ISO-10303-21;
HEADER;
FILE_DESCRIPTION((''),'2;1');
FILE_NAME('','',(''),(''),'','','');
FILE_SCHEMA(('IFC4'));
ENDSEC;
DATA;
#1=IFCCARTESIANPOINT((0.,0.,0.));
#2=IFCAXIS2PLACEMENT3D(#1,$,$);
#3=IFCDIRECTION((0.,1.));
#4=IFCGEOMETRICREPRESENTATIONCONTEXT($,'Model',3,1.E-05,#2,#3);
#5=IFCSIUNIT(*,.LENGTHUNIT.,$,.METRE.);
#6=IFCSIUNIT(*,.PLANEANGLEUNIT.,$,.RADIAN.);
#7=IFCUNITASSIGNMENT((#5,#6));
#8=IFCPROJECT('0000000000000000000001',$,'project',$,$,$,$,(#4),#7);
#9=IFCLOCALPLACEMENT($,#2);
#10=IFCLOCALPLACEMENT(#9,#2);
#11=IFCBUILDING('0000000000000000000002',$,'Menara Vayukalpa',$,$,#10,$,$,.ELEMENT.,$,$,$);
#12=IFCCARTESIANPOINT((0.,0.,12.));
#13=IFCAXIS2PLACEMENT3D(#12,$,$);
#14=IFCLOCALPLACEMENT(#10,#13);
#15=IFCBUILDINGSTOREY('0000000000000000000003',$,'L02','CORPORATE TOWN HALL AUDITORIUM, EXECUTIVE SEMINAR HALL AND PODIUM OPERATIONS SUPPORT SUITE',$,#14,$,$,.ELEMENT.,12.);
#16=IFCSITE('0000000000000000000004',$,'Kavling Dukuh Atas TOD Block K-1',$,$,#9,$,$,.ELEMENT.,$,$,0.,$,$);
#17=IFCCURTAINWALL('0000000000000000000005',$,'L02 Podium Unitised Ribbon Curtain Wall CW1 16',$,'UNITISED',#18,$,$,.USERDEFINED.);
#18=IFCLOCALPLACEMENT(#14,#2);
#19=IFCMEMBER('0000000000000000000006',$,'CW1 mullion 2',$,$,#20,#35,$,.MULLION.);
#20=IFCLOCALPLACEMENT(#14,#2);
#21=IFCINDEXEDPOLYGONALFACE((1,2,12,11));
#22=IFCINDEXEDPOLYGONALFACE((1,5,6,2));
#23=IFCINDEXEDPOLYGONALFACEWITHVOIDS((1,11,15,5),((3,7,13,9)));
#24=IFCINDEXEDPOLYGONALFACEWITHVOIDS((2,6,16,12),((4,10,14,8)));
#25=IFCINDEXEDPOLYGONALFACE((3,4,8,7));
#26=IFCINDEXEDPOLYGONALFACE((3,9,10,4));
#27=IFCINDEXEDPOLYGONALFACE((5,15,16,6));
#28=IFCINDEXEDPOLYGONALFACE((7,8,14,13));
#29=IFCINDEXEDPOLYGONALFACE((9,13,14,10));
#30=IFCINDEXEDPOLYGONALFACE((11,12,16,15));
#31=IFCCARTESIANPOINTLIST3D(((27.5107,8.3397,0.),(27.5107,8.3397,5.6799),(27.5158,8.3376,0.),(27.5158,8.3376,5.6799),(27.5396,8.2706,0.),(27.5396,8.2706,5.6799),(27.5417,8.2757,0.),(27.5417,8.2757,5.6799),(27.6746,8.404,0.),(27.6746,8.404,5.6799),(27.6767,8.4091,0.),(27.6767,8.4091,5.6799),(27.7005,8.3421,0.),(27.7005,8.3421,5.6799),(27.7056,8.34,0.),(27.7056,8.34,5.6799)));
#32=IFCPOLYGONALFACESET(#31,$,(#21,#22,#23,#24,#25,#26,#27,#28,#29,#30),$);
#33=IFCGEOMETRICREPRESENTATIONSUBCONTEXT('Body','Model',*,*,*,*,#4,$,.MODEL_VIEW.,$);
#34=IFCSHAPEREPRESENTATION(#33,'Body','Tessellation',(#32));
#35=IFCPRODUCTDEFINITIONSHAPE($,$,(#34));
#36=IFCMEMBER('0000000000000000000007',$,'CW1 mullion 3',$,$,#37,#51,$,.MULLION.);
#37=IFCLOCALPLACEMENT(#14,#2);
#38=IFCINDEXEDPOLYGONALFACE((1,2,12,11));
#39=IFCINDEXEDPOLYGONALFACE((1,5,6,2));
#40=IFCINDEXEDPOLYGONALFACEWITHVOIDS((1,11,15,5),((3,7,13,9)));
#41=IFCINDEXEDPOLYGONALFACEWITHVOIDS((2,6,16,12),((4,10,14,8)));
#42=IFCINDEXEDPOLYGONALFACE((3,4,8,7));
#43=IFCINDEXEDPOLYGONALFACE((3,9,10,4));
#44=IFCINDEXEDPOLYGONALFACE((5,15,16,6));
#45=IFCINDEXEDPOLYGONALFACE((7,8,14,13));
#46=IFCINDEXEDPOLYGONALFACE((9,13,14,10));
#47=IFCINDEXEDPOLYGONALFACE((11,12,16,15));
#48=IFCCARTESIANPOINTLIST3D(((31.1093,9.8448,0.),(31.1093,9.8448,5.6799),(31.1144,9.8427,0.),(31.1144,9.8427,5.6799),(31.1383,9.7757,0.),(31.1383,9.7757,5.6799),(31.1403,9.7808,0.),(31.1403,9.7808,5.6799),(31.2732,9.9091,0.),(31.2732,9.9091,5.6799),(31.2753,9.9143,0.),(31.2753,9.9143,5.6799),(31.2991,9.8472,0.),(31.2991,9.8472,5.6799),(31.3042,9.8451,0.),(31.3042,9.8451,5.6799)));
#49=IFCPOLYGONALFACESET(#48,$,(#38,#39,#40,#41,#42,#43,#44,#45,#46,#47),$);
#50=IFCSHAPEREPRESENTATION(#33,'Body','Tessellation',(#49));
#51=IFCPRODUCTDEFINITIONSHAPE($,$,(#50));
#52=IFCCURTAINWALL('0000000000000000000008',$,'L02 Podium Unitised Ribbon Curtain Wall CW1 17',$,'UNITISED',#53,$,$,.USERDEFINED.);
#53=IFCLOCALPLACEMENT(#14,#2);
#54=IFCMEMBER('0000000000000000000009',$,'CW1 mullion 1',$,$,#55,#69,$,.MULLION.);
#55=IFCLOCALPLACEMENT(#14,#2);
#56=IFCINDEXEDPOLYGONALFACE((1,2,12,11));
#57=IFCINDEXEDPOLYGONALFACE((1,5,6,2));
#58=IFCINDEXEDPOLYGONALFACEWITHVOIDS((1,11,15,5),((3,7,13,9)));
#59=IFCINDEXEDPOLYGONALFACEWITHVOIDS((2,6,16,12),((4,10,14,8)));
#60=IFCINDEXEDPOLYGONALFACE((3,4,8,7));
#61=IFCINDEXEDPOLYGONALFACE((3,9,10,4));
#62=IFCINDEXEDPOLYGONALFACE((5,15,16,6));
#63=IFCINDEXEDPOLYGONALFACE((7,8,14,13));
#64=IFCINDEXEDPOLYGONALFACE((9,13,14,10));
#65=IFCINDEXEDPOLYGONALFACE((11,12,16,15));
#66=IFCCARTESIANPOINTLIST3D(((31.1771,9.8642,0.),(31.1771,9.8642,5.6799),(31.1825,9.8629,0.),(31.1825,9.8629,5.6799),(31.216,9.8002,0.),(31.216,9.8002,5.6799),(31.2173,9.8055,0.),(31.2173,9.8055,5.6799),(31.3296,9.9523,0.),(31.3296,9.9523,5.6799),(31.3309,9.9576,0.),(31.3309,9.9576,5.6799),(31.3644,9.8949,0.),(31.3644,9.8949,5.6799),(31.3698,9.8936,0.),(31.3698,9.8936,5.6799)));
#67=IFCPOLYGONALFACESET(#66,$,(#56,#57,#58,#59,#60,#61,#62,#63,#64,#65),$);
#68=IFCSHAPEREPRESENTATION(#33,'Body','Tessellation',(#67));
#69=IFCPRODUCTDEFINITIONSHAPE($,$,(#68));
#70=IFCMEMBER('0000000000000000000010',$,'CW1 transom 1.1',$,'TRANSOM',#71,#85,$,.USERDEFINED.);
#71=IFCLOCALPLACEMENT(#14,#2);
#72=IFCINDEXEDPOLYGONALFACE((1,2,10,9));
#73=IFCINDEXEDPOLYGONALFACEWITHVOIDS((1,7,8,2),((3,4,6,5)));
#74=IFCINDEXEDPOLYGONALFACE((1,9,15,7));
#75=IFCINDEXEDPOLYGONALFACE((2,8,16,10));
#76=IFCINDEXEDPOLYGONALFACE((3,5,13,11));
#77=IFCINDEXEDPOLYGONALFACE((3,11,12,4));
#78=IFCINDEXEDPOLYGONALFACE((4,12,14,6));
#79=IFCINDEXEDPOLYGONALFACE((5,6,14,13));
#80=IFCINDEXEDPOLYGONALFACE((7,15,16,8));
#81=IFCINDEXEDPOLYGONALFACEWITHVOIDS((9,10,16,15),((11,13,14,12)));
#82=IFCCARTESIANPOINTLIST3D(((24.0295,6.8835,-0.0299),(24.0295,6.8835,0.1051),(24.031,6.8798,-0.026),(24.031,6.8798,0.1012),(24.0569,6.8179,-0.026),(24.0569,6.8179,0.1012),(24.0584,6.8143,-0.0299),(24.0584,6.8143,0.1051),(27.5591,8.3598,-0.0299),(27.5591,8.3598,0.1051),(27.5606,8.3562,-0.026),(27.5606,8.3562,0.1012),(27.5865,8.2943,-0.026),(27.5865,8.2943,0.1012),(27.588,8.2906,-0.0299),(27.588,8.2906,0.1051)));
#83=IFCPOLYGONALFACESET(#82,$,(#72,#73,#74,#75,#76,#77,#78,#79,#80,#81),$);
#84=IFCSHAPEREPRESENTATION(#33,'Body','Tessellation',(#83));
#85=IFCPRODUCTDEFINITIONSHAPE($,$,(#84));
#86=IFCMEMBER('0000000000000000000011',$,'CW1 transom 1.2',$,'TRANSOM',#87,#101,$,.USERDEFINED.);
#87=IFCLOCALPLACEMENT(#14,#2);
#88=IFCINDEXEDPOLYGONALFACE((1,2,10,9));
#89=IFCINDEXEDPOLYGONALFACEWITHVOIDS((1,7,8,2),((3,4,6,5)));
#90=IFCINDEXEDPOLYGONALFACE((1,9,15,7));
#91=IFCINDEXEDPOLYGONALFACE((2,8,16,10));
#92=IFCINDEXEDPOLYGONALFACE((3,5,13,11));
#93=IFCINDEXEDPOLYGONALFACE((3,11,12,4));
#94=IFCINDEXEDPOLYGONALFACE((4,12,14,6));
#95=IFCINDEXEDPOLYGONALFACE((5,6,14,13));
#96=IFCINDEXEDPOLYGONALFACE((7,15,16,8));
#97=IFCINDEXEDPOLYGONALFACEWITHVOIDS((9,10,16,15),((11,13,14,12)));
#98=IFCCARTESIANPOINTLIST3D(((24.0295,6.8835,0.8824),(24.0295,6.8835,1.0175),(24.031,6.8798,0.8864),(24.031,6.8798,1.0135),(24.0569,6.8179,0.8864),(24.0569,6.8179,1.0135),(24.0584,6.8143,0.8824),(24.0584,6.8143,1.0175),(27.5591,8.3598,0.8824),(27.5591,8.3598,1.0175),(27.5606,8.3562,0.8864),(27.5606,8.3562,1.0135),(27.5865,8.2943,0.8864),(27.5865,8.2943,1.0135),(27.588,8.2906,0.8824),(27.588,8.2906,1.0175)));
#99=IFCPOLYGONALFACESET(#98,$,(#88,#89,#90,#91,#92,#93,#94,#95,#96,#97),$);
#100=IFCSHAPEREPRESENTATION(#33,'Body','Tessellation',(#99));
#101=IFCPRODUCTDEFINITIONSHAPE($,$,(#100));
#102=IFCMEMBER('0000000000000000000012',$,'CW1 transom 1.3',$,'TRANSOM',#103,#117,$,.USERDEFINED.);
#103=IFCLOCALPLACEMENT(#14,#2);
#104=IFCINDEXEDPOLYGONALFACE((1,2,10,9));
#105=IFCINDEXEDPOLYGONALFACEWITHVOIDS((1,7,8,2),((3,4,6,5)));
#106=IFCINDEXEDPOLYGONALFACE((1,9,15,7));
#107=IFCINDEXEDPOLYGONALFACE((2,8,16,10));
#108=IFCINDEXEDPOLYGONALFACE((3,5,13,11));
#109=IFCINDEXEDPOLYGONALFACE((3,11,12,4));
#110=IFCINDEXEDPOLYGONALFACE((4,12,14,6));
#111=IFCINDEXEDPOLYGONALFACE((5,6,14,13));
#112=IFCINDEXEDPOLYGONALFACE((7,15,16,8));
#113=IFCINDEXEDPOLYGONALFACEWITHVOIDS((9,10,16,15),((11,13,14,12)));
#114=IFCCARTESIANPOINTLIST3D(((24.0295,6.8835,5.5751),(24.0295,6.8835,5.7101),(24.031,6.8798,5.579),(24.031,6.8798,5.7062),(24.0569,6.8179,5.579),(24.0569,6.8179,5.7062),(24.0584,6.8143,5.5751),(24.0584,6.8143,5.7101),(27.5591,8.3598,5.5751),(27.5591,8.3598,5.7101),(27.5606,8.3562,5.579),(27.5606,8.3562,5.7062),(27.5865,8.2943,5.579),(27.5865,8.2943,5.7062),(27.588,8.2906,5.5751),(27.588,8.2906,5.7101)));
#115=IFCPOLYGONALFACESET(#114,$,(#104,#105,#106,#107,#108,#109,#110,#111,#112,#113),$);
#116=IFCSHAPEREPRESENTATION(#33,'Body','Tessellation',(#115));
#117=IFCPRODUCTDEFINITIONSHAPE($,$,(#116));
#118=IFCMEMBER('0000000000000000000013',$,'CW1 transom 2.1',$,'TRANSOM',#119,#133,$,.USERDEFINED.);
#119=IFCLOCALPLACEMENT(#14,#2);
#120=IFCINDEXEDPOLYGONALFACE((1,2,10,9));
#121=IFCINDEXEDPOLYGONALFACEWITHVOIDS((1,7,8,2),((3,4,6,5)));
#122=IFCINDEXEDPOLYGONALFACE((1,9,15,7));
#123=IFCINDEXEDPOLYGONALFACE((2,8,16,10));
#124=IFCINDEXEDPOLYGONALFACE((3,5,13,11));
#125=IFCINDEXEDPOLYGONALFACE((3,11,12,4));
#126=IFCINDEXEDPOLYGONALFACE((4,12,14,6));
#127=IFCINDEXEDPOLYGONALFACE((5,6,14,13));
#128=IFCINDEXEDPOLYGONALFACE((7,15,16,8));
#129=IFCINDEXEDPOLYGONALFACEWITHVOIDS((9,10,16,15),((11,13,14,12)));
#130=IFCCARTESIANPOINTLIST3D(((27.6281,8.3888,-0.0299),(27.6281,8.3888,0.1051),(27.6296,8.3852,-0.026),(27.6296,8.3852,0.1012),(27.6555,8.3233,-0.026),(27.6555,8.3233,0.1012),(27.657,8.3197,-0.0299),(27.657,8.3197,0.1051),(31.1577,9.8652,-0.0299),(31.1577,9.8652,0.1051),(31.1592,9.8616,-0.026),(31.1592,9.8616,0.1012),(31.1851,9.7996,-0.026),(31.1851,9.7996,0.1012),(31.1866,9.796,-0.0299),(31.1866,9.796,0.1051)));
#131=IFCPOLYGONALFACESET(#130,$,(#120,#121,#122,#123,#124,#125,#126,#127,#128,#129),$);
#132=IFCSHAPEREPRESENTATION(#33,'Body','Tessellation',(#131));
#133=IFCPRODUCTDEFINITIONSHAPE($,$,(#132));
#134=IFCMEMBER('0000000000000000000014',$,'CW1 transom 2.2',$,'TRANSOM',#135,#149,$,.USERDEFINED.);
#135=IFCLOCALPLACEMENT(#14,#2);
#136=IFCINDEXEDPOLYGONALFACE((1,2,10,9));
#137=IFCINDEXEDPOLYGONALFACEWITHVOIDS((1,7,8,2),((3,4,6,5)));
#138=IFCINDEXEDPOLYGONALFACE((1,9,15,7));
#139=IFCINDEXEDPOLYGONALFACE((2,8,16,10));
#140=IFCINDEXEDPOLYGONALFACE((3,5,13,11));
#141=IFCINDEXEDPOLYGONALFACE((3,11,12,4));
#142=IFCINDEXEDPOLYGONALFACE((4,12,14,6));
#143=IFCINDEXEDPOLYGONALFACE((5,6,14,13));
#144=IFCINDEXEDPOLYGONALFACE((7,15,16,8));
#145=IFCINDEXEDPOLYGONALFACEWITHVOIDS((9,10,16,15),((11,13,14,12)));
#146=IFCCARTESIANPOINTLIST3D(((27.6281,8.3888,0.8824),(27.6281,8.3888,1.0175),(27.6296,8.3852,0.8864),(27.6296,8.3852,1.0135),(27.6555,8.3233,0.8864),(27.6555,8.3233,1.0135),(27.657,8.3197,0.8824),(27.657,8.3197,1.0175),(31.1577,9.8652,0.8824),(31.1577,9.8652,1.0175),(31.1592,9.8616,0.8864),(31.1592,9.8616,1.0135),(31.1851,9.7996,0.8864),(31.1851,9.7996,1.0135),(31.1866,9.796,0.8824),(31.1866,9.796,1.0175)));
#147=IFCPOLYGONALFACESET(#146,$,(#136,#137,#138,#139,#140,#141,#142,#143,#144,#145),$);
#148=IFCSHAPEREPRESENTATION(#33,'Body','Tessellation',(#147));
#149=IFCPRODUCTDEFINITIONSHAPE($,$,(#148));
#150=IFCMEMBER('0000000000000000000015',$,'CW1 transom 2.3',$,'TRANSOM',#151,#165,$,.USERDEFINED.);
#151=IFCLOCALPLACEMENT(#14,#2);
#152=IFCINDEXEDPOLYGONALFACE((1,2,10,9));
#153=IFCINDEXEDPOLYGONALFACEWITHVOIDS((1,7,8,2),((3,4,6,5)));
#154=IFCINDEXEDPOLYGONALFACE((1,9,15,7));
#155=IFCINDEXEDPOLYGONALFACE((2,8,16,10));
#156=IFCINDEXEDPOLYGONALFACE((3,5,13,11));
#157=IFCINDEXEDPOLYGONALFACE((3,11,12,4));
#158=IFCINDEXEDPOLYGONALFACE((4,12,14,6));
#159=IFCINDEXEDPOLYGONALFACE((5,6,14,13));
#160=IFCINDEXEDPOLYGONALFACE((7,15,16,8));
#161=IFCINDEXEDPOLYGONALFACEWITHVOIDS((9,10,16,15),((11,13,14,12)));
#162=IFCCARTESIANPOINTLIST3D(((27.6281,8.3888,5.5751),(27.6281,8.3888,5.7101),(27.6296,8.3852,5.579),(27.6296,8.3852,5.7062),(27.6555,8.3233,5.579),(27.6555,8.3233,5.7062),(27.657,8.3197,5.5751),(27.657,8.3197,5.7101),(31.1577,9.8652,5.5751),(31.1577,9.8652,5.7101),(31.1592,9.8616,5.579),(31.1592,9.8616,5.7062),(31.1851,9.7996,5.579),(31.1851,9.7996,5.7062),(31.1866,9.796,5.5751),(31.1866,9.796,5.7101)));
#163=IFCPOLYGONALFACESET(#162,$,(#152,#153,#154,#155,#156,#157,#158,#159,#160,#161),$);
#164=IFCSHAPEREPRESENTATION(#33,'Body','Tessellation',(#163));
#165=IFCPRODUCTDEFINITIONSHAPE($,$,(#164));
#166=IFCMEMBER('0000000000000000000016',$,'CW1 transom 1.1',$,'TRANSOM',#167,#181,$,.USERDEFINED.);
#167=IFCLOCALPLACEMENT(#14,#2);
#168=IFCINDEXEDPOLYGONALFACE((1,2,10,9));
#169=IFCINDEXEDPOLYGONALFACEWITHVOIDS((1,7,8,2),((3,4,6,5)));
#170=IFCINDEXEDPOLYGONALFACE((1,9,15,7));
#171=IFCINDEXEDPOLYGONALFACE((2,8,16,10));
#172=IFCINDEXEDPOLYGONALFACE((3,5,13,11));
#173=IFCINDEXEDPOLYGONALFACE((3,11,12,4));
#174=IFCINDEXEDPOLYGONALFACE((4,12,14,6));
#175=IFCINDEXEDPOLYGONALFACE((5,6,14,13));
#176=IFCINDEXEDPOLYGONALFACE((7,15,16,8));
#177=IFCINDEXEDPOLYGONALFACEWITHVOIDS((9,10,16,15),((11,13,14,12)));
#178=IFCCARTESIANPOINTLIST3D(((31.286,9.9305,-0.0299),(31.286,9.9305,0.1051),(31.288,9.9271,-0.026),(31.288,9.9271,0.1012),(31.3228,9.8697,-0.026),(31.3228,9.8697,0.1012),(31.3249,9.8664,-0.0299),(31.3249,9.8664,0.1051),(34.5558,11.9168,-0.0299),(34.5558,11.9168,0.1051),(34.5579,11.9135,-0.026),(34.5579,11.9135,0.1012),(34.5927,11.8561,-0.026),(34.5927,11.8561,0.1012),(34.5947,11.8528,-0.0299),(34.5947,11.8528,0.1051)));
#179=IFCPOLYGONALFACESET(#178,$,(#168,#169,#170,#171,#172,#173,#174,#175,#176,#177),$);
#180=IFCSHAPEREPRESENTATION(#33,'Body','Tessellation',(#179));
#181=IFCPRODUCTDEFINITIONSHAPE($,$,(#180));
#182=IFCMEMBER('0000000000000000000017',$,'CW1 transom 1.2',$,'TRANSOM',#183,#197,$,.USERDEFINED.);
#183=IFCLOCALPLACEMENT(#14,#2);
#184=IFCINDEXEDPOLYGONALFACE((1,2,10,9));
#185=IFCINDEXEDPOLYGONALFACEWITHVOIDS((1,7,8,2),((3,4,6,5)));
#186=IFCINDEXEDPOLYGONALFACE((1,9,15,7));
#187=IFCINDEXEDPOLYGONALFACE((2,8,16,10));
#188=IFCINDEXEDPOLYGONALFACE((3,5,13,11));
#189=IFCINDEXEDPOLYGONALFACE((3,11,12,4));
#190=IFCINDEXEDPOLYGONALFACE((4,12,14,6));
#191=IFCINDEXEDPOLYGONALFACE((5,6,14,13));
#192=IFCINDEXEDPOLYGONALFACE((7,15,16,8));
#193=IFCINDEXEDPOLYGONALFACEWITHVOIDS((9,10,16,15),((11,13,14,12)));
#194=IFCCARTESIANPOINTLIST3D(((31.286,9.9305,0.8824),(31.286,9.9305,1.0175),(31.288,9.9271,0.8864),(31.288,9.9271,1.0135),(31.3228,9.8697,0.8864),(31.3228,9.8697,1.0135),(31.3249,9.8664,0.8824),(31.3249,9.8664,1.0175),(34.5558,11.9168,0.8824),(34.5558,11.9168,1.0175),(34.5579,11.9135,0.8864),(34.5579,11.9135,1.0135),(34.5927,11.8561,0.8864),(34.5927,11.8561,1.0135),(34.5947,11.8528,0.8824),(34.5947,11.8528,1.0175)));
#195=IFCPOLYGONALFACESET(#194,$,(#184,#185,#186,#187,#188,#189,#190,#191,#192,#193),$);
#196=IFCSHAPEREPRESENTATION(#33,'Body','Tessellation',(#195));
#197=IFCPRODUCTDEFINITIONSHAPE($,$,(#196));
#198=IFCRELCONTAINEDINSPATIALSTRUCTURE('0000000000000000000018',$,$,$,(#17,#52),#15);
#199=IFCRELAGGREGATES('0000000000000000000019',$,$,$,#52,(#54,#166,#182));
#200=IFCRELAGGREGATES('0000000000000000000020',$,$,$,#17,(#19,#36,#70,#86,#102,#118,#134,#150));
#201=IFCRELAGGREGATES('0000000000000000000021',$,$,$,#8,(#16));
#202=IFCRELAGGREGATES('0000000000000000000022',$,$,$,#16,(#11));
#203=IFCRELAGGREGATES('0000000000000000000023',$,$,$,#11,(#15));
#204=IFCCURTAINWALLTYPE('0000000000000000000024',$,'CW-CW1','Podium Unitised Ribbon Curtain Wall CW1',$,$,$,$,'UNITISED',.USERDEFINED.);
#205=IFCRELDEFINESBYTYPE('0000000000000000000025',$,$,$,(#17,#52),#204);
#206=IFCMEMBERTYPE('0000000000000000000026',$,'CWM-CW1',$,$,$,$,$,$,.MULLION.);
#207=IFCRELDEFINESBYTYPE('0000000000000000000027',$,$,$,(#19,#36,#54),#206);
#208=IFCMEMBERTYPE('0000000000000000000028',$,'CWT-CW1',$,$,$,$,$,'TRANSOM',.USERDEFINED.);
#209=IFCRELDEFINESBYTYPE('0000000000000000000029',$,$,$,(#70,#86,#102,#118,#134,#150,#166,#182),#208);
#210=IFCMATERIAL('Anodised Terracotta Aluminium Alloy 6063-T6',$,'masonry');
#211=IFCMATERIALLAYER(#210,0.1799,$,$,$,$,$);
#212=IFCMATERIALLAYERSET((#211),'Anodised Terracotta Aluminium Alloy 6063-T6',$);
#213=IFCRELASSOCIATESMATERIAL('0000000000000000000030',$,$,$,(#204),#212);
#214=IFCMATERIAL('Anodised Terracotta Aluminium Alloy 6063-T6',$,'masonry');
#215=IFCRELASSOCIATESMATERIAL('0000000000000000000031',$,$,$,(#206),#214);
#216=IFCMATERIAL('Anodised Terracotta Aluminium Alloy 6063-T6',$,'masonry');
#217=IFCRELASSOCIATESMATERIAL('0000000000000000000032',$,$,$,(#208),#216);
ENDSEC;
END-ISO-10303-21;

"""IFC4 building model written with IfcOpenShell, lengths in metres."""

from ifc_helpers import new_model, si_unit, direction, frame, origin, origin_2d, place, context, subcontext, project, spatial, hollow_rectangle, extrude, material, layer, layer_set, material_profile, profile_set, type_object, element, aggregate, save


model = new_model("IFC4")

# Units and contexts
model_context = context("Model", 3, precision=1e-05, world=origin(), true_north=direction((0.0, 1.0)))
body_context = subcontext(model_context, "Body", "Model", "MODEL_VIEW")
ifc_project = project(units=[si_unit("LENGTHUNIT", "METRE"), si_unit("PLANEANGLEUNIT", "RADIAN")], contexts=[model_context])

# Site, building, storey
site_placement = place(None, origin())
site = spatial("IfcSite", under=ifc_project, at=site_placement, Name="Kavling Dukuh Atas TOD Block K-1", CompositionType="ELEMENT", RefElevation=0.0)
building_placement = place(site_placement, origin())
building = spatial("IfcBuilding", under=site, at=building_placement, Name="Menara Vayukalpa", CompositionType="ELEMENT")
storey_placement = place(building_placement, frame((0.0, 0.0, 12.0)))
storey = spatial("IfcBuildingStorey", under=building, at=storey_placement, Name="L02", Description="CORPORATE TOWN HALL AUDITORIUM, EXECUTIVE SEMINAR HALL AND PODIUM OPERATIONS SUPPORT SUITE", CompositionType="ELEMENT", Elevation=12.0)

# Curtain wall, members
ifc_material_1 = material(Name="Anodised Terracotta Aluminium Alloy 6063-T6", Category="masonry")
ifc_layer_1 = layer(ifc_material_1, 0.1799)
ifc_layer_set_1 = layer_set([ifc_layer_1], Name="Anodised Terracotta Aluminium Alloy 6063-T6")
curtain_wall_type = type_object("IfcCurtainWallType", Name="CW-CW1", Description="Podium Unitised Ribbon Curtain Wall CW1", ElementType="UNITISED", PredefinedType="USERDEFINED", material=ifc_layer_set_1)
curtain_wall_1_placement = place(storey_placement, origin())
curtain_wall_1 = element("IfcCurtainWall", 1, at=curtain_wall_1_placement, inside=storey, type_object=curtain_wall_type, Name="L02 Podium Unitised Ribbon Curtain Wall CW1 16", ObjectType="UNITISED", PredefinedType="USERDEFINED")
ifc_material_2 = material(Name="Anodised Terracotta Aluminium Alloy 6063-T6", Category="masonry")
ifc_material_profile_1 = material_profile(ifc_material_2, hollow_rectangle(XDim=0.075, YDim=0.1799, WallThickness=0.0039, at=origin_2d()), Name="ALU 75x180x4")
ifc_profile_set_1 = profile_set([ifc_material_profile_1], Name="Anodised Terracotta Aluminium Alloy 6063-T6")
member_type_1 = type_object("IfcMemberType", Name="CWM-CW1", PredefinedType="MULLION", material=ifc_profile_set_1)
member_1_placement = place(storey_placement, frame((27.6082, 8.3398, 0.0), z_axis=(0.0, 0.0, 1.0), x_axis=(-0.385891, 0.922545, 0.0)))
member_1 = element("IfcMember", 2, at=member_1_placement, type_object=member_type_1, Name="CW1 mullion 2", PredefinedType="MULLION", context=body_context, shape_type="SweptSolid", body=[
    extrude(hollow_rectangle(XDim=0.075, YDim=0.1799, WallThickness=0.0039, at=origin_2d()), origin(), (0.0, 0.0, 1.0), 5.6799),
])
member_2_placement = place(storey_placement, frame((31.2068, 9.845, 0.0), z_axis=(0.0, 0.0, 1.0), x_axis=(-0.385891, 0.922545, 0.0)))
member_2 = element("IfcMember", 3, at=member_2_placement, type_object=member_type_1, Name="CW1 mullion 3", PredefinedType="MULLION", context=body_context, shape_type="SweptSolid", body=[
    extrude(hollow_rectangle(XDim=0.075, YDim=0.1799, WallThickness=0.0039, at=origin_2d()), origin(), (0.0, 0.0, 1.0), 5.6799),
])

# Curtain wall, member
curtain_wall_2_placement = place(storey_placement, origin())
curtain_wall_2 = element("IfcCurtainWall", 4, at=curtain_wall_2_placement, inside=storey, type_object=curtain_wall_type, Name="L02 Podium Unitised Ribbon Curtain Wall CW1 17", ObjectType="UNITISED", PredefinedType="USERDEFINED")
member_3_placement = place(storey_placement, frame((31.2734, 9.8789, 0.0), z_axis=(0.0, 0.0, 1.0), x_axis=(-0.51918, 0.854665, 0.0)))
member_3 = element("IfcMember", 5, at=member_3_placement, type_object=member_type_1, Name="CW1 mullion 1", PredefinedType="MULLION", context=body_context, shape_type="SweptSolid", body=[
    extrude(hollow_rectangle(XDim=0.075, YDim=0.1799, WallThickness=0.0039, at=origin_2d()), origin(), (0.0, 0.0, 1.0), 5.6799),
])

# Members
ifc_material_3 = material(Name="Anodised Terracotta Aluminium Alloy 6063-T6", Category="masonry")
ifc_material_profile_2 = material_profile(ifc_material_3, hollow_rectangle(XDim=0.075, YDim=0.135, WallThickness=0.0039, at=origin_2d()), Name="ALU 75x135x4")
ifc_profile_set_2 = profile_set([ifc_material_profile_2], Name="Anodised Terracotta Aluminium Alloy 6063-T6")
member_type_2 = type_object("IfcMemberType", Name="CWT-CW1", ElementType="TRANSOM", PredefinedType="USERDEFINED", material=ifc_profile_set_2)
member_4_placement = place(storey_placement, frame((24.0439, 6.8489, 0.0376), z_axis=(0.922549, 0.385879, 0.0), x_axis=(-0.385879, 0.922549, 0.0)))
member_4 = element("IfcMember", 6, at=member_4_placement, type_object=member_type_2, Name="CW1 transom 1.1", ObjectType="TRANSOM", PredefinedType="USERDEFINED", context=body_context, shape_type="SweptSolid", body=[
    extrude(hollow_rectangle(XDim=0.075, YDim=0.135, WallThickness=0.0039, at=origin_2d()), origin(), (0.0, 0.0, 1.0), 3.8259),
])
member_5_placement = place(storey_placement, frame((24.0439, 6.8489, 0.95), z_axis=(0.922549, 0.385879, 0.0), x_axis=(-0.385879, 0.922549, 0.0)))
member_5 = element("IfcMember", 7, at=member_5_placement, type_object=member_type_2, Name="CW1 transom 1.2", ObjectType="TRANSOM", PredefinedType="USERDEFINED", context=body_context, shape_type="SweptSolid", body=[
    extrude(hollow_rectangle(XDim=0.075, YDim=0.135, WallThickness=0.0039, at=origin_2d()), origin(), (0.0, 0.0, 1.0), 3.8259),
])
member_6_placement = place(storey_placement, frame((24.0439, 6.8489, 5.6426), z_axis=(0.922549, 0.385879, 0.0), x_axis=(-0.385879, 0.922549, 0.0)))
member_6 = element("IfcMember", 8, at=member_6_placement, type_object=member_type_2, Name="CW1 transom 1.3", ObjectType="TRANSOM", PredefinedType="USERDEFINED", context=body_context, shape_type="SweptSolid", body=[
    extrude(hollow_rectangle(XDim=0.075, YDim=0.135, WallThickness=0.0039, at=origin_2d()), origin(), (0.0, 0.0, 1.0), 3.8259),
])
member_7_placement = place(storey_placement, frame((27.6426, 8.3542, 0.0376), z_axis=(0.922549, 0.385879, 0.0), x_axis=(-0.385879, 0.922549, 0.0)))
member_7 = element("IfcMember", 9, at=member_7_placement, type_object=member_type_2, Name="CW1 transom 2.1", ObjectType="TRANSOM", PredefinedType="USERDEFINED", context=body_context, shape_type="SweptSolid", body=[
    extrude(hollow_rectangle(XDim=0.075, YDim=0.135, WallThickness=0.0039, at=origin_2d()), origin(), (0.0, 0.0, 1.0), 3.8259),
])
member_8_placement = place(storey_placement, frame((27.6426, 8.3542, 0.95), z_axis=(0.922549, 0.385879, 0.0), x_axis=(-0.385879, 0.922549, 0.0)))
member_8 = element("IfcMember", 10, at=member_8_placement, type_object=member_type_2, Name="CW1 transom 2.2", ObjectType="TRANSOM", PredefinedType="USERDEFINED", context=body_context, shape_type="SweptSolid", body=[
    extrude(hollow_rectangle(XDim=0.075, YDim=0.135, WallThickness=0.0039, at=origin_2d()), origin(), (0.0, 0.0, 1.0), 3.8259),
])
member_9_placement = place(storey_placement, frame((27.6426, 8.3542, 5.6426), z_axis=(0.922549, 0.385879, 0.0), x_axis=(-0.385879, 0.922549, 0.0)))
member_9 = element("IfcMember", 11, at=member_9_placement, type_object=member_type_2, Name="CW1 transom 2.3", ObjectType="TRANSOM", PredefinedType="USERDEFINED", context=body_context, shape_type="SweptSolid", body=[
    extrude(hollow_rectangle(XDim=0.075, YDim=0.135, WallThickness=0.0039, at=origin_2d()), origin(), (0.0, 0.0, 1.0), 3.8259),
])
member_10_placement = place(storey_placement, frame((31.3054, 9.8984, 0.0376), z_axis=(0.854659, 0.51919, 0.0), x_axis=(-0.51919, 0.854659, 0.0)))
member_10 = element("IfcMember", 12, at=member_10_placement, type_object=member_type_2, Name="CW1 transom 1.1", ObjectType="TRANSOM", PredefinedType="USERDEFINED", context=body_context, shape_type="SweptSolid", body=[
    extrude(hollow_rectangle(XDim=0.075, YDim=0.135, WallThickness=0.0039, at=origin_2d()), origin(), (0.0, 0.0, 1.0), 3.8259),
])
member_11_placement = place(storey_placement, frame((31.3054, 9.8984, 0.95), z_axis=(0.854659, 0.51919, 0.0), x_axis=(-0.51919, 0.854659, 0.0)))
member_11 = element("IfcMember", 13, at=member_11_placement, type_object=member_type_2, Name="CW1 transom 1.2", ObjectType="TRANSOM", PredefinedType="USERDEFINED", context=body_context, shape_type="SweptSolid", body=[
    extrude(hollow_rectangle(XDim=0.075, YDim=0.135, WallThickness=0.0039, at=origin_2d()), origin(), (0.0, 0.0, 1.0), 3.8259),
])
aggregate(curtain_wall_2, [member_3, member_10, member_11])

aggregate(curtain_wall_1, [member_1, member_2, member_4, member_5, member_6, member_7, member_8, member_9])

save(model, "model.ifc")
